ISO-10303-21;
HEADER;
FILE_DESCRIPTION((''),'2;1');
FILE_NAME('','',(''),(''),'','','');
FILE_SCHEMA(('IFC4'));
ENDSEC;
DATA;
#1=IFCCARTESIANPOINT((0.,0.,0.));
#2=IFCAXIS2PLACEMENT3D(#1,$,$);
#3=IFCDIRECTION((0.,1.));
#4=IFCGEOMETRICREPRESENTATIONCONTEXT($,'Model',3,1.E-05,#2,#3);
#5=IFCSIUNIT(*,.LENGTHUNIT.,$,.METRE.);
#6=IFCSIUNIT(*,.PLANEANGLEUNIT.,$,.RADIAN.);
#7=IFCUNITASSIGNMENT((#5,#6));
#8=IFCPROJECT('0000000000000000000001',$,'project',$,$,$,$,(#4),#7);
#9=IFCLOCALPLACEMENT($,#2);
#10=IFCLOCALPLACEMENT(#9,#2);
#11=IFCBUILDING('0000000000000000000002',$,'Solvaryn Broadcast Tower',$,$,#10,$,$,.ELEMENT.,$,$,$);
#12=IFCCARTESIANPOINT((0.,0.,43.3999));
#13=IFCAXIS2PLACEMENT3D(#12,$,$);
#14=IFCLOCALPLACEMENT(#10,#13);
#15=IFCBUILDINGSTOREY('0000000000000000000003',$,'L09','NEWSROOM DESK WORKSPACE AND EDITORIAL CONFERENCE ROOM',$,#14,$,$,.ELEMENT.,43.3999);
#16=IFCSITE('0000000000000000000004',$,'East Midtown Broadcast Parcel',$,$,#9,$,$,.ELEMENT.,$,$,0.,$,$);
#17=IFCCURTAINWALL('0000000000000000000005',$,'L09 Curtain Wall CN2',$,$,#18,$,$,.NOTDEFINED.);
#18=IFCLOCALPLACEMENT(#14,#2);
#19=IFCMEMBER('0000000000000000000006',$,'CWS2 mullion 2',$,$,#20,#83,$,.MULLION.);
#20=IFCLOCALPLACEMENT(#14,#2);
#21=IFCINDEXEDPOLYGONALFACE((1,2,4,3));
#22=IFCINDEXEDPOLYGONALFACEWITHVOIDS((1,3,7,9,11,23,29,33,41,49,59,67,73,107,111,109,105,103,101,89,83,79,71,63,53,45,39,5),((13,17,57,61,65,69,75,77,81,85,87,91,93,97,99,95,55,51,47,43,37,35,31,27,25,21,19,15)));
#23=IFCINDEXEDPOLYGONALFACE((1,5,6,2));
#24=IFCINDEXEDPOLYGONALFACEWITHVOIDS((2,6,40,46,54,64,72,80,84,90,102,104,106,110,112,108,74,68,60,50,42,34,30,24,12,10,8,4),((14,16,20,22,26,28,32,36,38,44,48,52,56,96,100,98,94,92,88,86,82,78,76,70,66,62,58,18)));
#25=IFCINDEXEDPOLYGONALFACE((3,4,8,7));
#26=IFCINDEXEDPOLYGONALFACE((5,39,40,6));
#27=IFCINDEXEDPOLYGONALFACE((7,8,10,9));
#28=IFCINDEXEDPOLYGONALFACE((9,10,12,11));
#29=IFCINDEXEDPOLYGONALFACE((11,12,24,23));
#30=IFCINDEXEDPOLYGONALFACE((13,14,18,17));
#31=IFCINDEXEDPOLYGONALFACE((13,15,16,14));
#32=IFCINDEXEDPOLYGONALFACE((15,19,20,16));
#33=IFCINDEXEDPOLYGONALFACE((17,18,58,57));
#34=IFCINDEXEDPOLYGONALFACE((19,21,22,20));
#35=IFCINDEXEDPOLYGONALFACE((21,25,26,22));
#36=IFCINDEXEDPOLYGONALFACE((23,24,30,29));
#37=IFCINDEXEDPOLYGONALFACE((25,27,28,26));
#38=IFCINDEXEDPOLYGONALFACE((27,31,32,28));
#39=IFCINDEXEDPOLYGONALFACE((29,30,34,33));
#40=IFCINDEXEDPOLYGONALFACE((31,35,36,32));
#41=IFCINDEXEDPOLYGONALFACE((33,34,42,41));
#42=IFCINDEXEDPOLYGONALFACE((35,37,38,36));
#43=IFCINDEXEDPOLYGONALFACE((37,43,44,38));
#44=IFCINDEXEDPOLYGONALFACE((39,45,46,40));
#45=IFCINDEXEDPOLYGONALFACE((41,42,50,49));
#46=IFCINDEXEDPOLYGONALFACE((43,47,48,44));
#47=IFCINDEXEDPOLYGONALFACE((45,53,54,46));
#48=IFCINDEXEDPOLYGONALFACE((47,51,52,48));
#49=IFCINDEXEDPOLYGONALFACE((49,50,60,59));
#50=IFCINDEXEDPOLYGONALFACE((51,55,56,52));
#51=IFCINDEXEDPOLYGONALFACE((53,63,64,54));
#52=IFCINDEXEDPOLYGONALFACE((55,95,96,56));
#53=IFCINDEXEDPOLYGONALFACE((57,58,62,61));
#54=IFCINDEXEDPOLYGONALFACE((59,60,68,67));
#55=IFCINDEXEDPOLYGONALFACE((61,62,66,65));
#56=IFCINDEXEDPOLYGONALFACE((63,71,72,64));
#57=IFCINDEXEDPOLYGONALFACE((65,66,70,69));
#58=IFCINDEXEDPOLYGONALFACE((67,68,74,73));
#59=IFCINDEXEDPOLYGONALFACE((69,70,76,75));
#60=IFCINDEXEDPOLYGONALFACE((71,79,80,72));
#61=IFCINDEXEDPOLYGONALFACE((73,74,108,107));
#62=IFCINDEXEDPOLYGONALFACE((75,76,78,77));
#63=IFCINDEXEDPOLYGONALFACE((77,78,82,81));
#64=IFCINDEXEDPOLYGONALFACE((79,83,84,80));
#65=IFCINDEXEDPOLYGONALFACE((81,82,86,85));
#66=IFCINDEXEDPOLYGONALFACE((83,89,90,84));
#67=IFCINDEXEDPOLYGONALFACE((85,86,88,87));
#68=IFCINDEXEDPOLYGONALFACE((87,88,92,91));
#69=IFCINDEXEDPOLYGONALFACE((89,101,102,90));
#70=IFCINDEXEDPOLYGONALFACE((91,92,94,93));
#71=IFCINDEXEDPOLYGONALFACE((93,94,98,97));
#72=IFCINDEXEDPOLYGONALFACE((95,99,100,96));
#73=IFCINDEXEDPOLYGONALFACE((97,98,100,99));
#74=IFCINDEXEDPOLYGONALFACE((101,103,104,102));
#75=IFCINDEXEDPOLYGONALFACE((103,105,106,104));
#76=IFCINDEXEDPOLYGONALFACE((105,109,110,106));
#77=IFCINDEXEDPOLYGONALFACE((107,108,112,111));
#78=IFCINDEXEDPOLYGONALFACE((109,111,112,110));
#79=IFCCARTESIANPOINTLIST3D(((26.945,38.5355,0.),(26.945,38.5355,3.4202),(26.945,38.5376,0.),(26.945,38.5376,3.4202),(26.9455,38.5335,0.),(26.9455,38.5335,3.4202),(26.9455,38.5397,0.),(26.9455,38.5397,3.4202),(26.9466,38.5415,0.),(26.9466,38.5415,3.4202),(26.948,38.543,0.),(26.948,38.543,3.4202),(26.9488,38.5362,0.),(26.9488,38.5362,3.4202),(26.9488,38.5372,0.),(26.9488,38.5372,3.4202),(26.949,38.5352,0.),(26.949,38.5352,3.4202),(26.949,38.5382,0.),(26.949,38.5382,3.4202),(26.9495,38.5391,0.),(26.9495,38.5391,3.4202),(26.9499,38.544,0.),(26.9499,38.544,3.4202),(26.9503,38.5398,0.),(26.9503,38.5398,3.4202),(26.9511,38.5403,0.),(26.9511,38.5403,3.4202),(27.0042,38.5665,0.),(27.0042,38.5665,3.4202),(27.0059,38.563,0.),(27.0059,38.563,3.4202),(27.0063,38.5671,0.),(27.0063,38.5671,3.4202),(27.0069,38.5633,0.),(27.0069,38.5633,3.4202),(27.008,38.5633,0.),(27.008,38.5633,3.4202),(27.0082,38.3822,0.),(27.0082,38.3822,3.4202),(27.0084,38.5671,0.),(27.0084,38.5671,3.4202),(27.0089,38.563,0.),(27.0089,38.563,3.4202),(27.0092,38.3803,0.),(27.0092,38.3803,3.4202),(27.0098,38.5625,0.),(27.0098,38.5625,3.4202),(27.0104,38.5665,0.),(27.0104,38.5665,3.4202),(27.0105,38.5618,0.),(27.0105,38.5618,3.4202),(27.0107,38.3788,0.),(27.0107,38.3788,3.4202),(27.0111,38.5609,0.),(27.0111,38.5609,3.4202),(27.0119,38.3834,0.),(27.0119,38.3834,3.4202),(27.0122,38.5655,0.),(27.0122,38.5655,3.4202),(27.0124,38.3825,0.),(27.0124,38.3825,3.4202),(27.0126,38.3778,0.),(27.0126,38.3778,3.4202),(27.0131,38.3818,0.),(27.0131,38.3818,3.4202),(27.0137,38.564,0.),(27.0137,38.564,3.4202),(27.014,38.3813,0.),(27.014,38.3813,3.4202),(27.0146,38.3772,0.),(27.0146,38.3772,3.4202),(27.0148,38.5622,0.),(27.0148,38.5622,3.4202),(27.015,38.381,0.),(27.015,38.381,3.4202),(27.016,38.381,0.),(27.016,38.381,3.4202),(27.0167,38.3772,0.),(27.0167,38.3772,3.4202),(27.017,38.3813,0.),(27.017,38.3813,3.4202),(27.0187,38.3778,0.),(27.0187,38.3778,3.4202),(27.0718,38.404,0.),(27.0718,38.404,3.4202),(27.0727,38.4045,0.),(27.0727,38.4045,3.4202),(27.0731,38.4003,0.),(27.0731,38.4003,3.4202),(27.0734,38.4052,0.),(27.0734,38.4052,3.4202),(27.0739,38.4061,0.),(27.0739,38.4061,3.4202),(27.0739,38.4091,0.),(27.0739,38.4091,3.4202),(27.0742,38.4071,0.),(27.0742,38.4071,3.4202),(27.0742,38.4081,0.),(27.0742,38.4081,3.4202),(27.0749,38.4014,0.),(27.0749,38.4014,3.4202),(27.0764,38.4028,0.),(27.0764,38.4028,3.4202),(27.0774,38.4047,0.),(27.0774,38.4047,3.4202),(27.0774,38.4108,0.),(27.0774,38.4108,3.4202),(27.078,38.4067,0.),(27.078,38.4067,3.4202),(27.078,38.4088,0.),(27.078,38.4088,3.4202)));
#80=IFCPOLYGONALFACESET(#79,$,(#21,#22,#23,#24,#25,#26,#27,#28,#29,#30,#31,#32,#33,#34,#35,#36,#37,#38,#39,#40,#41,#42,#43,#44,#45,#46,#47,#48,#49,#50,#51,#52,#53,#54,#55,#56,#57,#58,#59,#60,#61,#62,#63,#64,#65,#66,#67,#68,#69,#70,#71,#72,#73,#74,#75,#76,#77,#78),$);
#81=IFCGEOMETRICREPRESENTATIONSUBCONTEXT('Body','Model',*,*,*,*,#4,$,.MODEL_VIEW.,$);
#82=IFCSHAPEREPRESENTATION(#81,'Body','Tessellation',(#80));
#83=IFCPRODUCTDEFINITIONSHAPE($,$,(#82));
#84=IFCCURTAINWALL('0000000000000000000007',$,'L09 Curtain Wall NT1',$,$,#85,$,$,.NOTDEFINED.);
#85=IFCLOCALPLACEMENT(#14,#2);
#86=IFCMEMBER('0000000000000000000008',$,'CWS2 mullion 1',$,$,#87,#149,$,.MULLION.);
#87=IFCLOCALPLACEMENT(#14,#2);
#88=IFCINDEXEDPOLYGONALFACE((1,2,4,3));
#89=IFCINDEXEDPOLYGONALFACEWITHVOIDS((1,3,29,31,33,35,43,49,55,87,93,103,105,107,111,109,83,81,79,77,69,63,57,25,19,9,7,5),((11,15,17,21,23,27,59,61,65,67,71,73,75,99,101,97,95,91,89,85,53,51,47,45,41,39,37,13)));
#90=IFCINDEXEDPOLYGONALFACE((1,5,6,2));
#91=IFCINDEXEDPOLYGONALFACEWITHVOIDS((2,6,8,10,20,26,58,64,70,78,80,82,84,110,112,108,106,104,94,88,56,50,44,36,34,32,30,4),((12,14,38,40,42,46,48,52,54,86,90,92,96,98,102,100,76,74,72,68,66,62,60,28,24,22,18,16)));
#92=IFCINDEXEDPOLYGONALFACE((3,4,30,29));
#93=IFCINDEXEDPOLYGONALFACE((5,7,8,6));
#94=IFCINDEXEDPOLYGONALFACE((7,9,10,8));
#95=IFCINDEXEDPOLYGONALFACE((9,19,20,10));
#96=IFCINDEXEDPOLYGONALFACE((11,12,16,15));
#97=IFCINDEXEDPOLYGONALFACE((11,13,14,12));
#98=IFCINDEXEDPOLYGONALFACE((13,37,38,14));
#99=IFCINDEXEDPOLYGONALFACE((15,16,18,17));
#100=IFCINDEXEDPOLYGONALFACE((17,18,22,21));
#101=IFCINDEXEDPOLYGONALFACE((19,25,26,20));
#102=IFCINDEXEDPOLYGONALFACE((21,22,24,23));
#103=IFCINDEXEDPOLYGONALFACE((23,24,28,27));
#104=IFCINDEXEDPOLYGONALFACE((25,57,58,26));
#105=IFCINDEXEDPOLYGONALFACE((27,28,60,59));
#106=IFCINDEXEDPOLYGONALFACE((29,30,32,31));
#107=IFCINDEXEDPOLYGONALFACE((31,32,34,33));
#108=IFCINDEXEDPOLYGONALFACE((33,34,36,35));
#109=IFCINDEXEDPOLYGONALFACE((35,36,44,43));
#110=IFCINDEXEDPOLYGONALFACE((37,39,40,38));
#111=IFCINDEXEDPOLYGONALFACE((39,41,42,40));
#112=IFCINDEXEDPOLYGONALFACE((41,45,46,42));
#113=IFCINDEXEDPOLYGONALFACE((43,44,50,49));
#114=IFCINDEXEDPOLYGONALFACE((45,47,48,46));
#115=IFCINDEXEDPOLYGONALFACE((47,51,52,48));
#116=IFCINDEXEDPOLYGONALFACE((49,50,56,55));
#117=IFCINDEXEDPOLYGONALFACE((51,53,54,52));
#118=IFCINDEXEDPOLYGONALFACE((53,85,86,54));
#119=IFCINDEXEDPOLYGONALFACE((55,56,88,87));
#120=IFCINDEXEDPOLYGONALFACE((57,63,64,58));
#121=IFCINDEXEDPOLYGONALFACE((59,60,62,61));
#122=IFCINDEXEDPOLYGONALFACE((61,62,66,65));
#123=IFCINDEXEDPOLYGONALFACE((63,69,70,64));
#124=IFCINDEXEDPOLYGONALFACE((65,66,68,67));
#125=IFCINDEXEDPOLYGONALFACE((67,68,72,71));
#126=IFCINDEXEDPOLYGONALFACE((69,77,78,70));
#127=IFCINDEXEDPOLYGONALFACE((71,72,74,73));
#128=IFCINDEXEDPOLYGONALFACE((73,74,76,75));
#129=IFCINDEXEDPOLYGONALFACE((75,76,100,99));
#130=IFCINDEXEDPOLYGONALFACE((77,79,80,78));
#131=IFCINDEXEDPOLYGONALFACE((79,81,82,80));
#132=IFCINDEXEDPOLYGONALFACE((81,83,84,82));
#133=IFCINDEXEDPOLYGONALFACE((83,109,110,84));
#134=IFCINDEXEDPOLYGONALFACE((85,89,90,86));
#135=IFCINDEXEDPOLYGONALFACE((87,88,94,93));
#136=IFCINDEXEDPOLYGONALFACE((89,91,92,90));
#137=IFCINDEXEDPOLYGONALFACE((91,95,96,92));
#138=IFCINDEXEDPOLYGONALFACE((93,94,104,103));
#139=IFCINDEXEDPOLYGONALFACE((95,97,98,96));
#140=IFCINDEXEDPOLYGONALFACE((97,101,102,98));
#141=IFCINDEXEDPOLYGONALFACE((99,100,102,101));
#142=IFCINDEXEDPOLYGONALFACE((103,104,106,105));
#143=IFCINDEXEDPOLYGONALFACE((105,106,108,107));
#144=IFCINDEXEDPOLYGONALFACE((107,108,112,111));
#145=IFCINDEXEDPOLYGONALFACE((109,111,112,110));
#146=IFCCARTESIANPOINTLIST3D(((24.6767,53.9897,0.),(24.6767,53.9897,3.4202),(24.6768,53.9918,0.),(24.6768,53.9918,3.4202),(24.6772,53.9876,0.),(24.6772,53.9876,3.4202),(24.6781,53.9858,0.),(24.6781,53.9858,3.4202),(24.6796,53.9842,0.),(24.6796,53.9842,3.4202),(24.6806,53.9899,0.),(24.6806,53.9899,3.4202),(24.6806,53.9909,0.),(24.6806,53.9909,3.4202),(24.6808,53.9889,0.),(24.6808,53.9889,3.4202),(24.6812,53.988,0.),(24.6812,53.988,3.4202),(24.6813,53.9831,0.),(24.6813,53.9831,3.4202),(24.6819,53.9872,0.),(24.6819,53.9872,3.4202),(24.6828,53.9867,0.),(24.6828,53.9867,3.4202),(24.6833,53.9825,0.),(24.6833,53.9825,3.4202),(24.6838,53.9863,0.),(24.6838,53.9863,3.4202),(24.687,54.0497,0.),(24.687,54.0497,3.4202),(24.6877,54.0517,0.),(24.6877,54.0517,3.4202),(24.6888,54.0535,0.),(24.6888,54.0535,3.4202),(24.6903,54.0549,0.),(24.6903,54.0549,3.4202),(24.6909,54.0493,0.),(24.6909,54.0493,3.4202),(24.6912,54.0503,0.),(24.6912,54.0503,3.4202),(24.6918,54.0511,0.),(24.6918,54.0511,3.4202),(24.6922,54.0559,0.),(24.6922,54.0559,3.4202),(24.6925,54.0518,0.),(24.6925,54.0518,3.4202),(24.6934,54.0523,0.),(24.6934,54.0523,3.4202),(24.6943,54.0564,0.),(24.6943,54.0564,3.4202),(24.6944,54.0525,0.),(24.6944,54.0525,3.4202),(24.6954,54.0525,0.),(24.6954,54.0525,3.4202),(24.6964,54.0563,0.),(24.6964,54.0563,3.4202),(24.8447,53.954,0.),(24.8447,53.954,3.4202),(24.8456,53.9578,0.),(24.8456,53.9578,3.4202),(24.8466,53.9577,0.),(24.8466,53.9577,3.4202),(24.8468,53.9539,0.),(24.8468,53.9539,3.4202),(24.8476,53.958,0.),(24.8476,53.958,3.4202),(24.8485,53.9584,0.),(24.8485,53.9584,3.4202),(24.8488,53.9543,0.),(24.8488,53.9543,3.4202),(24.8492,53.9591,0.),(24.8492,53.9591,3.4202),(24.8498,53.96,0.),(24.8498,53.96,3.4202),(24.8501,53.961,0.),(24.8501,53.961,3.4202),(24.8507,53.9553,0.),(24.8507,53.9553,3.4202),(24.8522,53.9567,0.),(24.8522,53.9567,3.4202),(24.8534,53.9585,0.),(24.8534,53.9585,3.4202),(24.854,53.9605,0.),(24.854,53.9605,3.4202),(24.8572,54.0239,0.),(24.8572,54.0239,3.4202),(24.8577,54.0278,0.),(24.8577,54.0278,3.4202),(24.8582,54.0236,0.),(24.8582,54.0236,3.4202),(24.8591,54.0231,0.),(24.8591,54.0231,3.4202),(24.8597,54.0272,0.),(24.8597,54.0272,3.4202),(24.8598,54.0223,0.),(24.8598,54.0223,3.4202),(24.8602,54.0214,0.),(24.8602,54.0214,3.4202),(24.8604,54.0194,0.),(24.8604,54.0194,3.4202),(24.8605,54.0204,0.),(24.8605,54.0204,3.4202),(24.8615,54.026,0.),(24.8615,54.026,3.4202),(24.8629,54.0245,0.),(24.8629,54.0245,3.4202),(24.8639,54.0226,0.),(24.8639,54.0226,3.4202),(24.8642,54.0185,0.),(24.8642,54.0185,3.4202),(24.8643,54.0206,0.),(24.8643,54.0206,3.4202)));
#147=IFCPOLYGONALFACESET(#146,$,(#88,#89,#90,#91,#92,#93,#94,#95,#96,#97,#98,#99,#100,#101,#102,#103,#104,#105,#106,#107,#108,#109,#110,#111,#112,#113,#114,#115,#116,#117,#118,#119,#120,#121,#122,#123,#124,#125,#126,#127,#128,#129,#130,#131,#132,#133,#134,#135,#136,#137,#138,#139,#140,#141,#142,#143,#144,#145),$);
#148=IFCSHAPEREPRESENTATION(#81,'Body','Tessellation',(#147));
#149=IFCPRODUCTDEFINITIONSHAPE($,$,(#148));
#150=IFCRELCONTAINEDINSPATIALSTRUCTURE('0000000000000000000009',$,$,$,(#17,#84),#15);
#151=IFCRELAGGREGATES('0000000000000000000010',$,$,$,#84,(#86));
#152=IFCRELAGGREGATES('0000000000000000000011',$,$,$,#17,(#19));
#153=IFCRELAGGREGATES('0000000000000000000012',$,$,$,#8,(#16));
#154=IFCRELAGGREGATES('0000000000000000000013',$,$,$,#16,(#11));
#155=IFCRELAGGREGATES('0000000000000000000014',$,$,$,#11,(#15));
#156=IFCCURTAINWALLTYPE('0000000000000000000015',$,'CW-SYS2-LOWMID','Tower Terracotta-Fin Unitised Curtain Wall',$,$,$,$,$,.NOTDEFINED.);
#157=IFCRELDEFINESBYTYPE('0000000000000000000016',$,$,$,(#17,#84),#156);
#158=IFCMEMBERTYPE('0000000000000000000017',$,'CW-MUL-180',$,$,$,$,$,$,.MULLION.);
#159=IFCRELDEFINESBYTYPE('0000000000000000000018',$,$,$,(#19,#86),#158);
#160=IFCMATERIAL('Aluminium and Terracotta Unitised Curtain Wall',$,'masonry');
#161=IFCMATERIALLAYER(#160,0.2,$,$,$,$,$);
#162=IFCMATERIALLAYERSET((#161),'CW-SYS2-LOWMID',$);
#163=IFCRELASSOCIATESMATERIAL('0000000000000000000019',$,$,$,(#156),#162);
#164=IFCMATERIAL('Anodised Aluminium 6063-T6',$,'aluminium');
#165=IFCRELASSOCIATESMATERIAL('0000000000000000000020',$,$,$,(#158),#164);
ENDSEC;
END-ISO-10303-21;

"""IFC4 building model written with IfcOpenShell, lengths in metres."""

from ifc_helpers import new_model, si_unit, direction, frame, origin, origin_2d, place, context, subcontext, project, spatial, hollow_rectangle, extrude, material, layer, layer_set, material_profile, profile_set, type_object, element, aggregate, save


model = new_model("IFC4")

# Units and contexts
model_context = context("Model", 3, precision=1e-05, world=origin(), true_north=direction((0.0, 1.0)))
body_context = subcontext(model_context, "Body", "Model", "MODEL_VIEW")
ifc_project = project(units=[si_unit("LENGTHUNIT", "METRE"), si_unit("PLANEANGLEUNIT", "RADIAN")], contexts=[model_context])

# Site, building, storey
site_placement = place(None, origin())
site = spatial("IfcSite", under=ifc_project, at=site_placement, Name="East Midtown Broadcast Parcel", CompositionType="ELEMENT", RefElevation=0.0)
building_placement = place(site_placement, origin())
building = spatial("IfcBuilding", under=site, at=building_placement, Name="Solvaryn Broadcast Tower", CompositionType="ELEMENT")
storey_placement = place(building_placement, frame((0.0, 0.0, 43.3999)))
storey = spatial("IfcBuildingStorey", under=building, at=storey_placement, Name="L09", Description="NEWSROOM DESK WORKSPACE AND EDITORIAL CONFERENCE ROOM", CompositionType="ELEMENT", Elevation=43.3999)

# Shared definitions
ifc_material_1 = material(Name="Aluminium and Terracotta Unitised Curtain Wall", Category="masonry")
ifc_layer_1 = layer(ifc_material_1, 0.2)
ifc_layer_set_1 = layer_set([ifc_layer_1], Name="CW-SYS2-LOWMID")
curtain_wall_type = type_object("IfcCurtainWallType", Name="CW-SYS2-LOWMID", Description="Tower Terracotta-Fin Unitised Curtain Wall", PredefinedType="NOTDEFINED", material=ifc_layer_set_1)
ifc_material_2 = material(Name="Anodised Aluminium 6063-T6", Category="aluminium")
ifc_material_profile_1 = material_profile(ifc_material_2, hollow_rectangle(XDim=0.075, YDim=0.1799, WallThickness=0.0039, InnerFilletRadius=0.0039, OuterFilletRadius=0.0081, at=origin_2d()))
ifc_profile_set_1 = profile_set([ifc_material_profile_1], Name="Anodised Aluminium 6063-T6")
member_type_1 = type_object("IfcMemberType", Name="CW-MUL-180", PredefinedType="MULLION", material=ifc_profile_set_1)

# Curtain walls, members
curtain_wall_1_placement = place(storey_placement, origin())
curtain_wall_1 = element("IfcCurtainWall", 1, at=curtain_wall_1_placement, inside=storey, type_object=curtain_wall_type, Name="L09 Curtain Wall CN2", PredefinedType="NOTDEFINED")
member_1_placement = place(storey_placement, frame((27.0115, 38.4722, 0.0), z_axis=(0.0, 0.0, 1.0), x_axis=(-0.923895, -0.382646, 0.0)))
member_1 = element("IfcMember", 2, at=member_1_placement, type_object=member_type_1, Name="CWS2 mullion 2", PredefinedType="MULLION", context=body_context, shape_type="SweptSolid", body=[
    extrude(hollow_rectangle(XDim=0.075, YDim=0.1799, WallThickness=0.0039, InnerFilletRadius=0.0039, OuterFilletRadius=0.0081, at=origin_2d()), origin(), (0.0, 0.0, 1.0), 3.4202),
])
curtain_wall_2_placement = place(storey_placement, origin())
curtain_wall_2 = element("IfcCurtainWall", 3, at=curtain_wall_2_placement, inside=storey, type_object=curtain_wall_type, Name="L09 Curtain Wall NT1", PredefinedType="NOTDEFINED")
member_2_placement = place(storey_placement, frame((24.7705, 54.0051, 0.0), z_axis=(0.0, 0.0, 1.0), x_axis=(-0.173785, -0.984784, 0.0)))
member_2 = element("IfcMember", 4, at=member_2_placement, type_object=member_type_1, Name="CWS2 mullion 1", PredefinedType="MULLION", context=body_context, shape_type="SweptSolid", body=[
    extrude(hollow_rectangle(XDim=0.075, YDim=0.1799, WallThickness=0.0039, InnerFilletRadius=0.0039, OuterFilletRadius=0.0081, at=origin_2d()), origin(), (0.0, 0.0, 1.0), 3.4202),
])

aggregate(curtain_wall_2, [member_2])

aggregate(curtain_wall_1, [member_1])

save(model, "model.ifc")
